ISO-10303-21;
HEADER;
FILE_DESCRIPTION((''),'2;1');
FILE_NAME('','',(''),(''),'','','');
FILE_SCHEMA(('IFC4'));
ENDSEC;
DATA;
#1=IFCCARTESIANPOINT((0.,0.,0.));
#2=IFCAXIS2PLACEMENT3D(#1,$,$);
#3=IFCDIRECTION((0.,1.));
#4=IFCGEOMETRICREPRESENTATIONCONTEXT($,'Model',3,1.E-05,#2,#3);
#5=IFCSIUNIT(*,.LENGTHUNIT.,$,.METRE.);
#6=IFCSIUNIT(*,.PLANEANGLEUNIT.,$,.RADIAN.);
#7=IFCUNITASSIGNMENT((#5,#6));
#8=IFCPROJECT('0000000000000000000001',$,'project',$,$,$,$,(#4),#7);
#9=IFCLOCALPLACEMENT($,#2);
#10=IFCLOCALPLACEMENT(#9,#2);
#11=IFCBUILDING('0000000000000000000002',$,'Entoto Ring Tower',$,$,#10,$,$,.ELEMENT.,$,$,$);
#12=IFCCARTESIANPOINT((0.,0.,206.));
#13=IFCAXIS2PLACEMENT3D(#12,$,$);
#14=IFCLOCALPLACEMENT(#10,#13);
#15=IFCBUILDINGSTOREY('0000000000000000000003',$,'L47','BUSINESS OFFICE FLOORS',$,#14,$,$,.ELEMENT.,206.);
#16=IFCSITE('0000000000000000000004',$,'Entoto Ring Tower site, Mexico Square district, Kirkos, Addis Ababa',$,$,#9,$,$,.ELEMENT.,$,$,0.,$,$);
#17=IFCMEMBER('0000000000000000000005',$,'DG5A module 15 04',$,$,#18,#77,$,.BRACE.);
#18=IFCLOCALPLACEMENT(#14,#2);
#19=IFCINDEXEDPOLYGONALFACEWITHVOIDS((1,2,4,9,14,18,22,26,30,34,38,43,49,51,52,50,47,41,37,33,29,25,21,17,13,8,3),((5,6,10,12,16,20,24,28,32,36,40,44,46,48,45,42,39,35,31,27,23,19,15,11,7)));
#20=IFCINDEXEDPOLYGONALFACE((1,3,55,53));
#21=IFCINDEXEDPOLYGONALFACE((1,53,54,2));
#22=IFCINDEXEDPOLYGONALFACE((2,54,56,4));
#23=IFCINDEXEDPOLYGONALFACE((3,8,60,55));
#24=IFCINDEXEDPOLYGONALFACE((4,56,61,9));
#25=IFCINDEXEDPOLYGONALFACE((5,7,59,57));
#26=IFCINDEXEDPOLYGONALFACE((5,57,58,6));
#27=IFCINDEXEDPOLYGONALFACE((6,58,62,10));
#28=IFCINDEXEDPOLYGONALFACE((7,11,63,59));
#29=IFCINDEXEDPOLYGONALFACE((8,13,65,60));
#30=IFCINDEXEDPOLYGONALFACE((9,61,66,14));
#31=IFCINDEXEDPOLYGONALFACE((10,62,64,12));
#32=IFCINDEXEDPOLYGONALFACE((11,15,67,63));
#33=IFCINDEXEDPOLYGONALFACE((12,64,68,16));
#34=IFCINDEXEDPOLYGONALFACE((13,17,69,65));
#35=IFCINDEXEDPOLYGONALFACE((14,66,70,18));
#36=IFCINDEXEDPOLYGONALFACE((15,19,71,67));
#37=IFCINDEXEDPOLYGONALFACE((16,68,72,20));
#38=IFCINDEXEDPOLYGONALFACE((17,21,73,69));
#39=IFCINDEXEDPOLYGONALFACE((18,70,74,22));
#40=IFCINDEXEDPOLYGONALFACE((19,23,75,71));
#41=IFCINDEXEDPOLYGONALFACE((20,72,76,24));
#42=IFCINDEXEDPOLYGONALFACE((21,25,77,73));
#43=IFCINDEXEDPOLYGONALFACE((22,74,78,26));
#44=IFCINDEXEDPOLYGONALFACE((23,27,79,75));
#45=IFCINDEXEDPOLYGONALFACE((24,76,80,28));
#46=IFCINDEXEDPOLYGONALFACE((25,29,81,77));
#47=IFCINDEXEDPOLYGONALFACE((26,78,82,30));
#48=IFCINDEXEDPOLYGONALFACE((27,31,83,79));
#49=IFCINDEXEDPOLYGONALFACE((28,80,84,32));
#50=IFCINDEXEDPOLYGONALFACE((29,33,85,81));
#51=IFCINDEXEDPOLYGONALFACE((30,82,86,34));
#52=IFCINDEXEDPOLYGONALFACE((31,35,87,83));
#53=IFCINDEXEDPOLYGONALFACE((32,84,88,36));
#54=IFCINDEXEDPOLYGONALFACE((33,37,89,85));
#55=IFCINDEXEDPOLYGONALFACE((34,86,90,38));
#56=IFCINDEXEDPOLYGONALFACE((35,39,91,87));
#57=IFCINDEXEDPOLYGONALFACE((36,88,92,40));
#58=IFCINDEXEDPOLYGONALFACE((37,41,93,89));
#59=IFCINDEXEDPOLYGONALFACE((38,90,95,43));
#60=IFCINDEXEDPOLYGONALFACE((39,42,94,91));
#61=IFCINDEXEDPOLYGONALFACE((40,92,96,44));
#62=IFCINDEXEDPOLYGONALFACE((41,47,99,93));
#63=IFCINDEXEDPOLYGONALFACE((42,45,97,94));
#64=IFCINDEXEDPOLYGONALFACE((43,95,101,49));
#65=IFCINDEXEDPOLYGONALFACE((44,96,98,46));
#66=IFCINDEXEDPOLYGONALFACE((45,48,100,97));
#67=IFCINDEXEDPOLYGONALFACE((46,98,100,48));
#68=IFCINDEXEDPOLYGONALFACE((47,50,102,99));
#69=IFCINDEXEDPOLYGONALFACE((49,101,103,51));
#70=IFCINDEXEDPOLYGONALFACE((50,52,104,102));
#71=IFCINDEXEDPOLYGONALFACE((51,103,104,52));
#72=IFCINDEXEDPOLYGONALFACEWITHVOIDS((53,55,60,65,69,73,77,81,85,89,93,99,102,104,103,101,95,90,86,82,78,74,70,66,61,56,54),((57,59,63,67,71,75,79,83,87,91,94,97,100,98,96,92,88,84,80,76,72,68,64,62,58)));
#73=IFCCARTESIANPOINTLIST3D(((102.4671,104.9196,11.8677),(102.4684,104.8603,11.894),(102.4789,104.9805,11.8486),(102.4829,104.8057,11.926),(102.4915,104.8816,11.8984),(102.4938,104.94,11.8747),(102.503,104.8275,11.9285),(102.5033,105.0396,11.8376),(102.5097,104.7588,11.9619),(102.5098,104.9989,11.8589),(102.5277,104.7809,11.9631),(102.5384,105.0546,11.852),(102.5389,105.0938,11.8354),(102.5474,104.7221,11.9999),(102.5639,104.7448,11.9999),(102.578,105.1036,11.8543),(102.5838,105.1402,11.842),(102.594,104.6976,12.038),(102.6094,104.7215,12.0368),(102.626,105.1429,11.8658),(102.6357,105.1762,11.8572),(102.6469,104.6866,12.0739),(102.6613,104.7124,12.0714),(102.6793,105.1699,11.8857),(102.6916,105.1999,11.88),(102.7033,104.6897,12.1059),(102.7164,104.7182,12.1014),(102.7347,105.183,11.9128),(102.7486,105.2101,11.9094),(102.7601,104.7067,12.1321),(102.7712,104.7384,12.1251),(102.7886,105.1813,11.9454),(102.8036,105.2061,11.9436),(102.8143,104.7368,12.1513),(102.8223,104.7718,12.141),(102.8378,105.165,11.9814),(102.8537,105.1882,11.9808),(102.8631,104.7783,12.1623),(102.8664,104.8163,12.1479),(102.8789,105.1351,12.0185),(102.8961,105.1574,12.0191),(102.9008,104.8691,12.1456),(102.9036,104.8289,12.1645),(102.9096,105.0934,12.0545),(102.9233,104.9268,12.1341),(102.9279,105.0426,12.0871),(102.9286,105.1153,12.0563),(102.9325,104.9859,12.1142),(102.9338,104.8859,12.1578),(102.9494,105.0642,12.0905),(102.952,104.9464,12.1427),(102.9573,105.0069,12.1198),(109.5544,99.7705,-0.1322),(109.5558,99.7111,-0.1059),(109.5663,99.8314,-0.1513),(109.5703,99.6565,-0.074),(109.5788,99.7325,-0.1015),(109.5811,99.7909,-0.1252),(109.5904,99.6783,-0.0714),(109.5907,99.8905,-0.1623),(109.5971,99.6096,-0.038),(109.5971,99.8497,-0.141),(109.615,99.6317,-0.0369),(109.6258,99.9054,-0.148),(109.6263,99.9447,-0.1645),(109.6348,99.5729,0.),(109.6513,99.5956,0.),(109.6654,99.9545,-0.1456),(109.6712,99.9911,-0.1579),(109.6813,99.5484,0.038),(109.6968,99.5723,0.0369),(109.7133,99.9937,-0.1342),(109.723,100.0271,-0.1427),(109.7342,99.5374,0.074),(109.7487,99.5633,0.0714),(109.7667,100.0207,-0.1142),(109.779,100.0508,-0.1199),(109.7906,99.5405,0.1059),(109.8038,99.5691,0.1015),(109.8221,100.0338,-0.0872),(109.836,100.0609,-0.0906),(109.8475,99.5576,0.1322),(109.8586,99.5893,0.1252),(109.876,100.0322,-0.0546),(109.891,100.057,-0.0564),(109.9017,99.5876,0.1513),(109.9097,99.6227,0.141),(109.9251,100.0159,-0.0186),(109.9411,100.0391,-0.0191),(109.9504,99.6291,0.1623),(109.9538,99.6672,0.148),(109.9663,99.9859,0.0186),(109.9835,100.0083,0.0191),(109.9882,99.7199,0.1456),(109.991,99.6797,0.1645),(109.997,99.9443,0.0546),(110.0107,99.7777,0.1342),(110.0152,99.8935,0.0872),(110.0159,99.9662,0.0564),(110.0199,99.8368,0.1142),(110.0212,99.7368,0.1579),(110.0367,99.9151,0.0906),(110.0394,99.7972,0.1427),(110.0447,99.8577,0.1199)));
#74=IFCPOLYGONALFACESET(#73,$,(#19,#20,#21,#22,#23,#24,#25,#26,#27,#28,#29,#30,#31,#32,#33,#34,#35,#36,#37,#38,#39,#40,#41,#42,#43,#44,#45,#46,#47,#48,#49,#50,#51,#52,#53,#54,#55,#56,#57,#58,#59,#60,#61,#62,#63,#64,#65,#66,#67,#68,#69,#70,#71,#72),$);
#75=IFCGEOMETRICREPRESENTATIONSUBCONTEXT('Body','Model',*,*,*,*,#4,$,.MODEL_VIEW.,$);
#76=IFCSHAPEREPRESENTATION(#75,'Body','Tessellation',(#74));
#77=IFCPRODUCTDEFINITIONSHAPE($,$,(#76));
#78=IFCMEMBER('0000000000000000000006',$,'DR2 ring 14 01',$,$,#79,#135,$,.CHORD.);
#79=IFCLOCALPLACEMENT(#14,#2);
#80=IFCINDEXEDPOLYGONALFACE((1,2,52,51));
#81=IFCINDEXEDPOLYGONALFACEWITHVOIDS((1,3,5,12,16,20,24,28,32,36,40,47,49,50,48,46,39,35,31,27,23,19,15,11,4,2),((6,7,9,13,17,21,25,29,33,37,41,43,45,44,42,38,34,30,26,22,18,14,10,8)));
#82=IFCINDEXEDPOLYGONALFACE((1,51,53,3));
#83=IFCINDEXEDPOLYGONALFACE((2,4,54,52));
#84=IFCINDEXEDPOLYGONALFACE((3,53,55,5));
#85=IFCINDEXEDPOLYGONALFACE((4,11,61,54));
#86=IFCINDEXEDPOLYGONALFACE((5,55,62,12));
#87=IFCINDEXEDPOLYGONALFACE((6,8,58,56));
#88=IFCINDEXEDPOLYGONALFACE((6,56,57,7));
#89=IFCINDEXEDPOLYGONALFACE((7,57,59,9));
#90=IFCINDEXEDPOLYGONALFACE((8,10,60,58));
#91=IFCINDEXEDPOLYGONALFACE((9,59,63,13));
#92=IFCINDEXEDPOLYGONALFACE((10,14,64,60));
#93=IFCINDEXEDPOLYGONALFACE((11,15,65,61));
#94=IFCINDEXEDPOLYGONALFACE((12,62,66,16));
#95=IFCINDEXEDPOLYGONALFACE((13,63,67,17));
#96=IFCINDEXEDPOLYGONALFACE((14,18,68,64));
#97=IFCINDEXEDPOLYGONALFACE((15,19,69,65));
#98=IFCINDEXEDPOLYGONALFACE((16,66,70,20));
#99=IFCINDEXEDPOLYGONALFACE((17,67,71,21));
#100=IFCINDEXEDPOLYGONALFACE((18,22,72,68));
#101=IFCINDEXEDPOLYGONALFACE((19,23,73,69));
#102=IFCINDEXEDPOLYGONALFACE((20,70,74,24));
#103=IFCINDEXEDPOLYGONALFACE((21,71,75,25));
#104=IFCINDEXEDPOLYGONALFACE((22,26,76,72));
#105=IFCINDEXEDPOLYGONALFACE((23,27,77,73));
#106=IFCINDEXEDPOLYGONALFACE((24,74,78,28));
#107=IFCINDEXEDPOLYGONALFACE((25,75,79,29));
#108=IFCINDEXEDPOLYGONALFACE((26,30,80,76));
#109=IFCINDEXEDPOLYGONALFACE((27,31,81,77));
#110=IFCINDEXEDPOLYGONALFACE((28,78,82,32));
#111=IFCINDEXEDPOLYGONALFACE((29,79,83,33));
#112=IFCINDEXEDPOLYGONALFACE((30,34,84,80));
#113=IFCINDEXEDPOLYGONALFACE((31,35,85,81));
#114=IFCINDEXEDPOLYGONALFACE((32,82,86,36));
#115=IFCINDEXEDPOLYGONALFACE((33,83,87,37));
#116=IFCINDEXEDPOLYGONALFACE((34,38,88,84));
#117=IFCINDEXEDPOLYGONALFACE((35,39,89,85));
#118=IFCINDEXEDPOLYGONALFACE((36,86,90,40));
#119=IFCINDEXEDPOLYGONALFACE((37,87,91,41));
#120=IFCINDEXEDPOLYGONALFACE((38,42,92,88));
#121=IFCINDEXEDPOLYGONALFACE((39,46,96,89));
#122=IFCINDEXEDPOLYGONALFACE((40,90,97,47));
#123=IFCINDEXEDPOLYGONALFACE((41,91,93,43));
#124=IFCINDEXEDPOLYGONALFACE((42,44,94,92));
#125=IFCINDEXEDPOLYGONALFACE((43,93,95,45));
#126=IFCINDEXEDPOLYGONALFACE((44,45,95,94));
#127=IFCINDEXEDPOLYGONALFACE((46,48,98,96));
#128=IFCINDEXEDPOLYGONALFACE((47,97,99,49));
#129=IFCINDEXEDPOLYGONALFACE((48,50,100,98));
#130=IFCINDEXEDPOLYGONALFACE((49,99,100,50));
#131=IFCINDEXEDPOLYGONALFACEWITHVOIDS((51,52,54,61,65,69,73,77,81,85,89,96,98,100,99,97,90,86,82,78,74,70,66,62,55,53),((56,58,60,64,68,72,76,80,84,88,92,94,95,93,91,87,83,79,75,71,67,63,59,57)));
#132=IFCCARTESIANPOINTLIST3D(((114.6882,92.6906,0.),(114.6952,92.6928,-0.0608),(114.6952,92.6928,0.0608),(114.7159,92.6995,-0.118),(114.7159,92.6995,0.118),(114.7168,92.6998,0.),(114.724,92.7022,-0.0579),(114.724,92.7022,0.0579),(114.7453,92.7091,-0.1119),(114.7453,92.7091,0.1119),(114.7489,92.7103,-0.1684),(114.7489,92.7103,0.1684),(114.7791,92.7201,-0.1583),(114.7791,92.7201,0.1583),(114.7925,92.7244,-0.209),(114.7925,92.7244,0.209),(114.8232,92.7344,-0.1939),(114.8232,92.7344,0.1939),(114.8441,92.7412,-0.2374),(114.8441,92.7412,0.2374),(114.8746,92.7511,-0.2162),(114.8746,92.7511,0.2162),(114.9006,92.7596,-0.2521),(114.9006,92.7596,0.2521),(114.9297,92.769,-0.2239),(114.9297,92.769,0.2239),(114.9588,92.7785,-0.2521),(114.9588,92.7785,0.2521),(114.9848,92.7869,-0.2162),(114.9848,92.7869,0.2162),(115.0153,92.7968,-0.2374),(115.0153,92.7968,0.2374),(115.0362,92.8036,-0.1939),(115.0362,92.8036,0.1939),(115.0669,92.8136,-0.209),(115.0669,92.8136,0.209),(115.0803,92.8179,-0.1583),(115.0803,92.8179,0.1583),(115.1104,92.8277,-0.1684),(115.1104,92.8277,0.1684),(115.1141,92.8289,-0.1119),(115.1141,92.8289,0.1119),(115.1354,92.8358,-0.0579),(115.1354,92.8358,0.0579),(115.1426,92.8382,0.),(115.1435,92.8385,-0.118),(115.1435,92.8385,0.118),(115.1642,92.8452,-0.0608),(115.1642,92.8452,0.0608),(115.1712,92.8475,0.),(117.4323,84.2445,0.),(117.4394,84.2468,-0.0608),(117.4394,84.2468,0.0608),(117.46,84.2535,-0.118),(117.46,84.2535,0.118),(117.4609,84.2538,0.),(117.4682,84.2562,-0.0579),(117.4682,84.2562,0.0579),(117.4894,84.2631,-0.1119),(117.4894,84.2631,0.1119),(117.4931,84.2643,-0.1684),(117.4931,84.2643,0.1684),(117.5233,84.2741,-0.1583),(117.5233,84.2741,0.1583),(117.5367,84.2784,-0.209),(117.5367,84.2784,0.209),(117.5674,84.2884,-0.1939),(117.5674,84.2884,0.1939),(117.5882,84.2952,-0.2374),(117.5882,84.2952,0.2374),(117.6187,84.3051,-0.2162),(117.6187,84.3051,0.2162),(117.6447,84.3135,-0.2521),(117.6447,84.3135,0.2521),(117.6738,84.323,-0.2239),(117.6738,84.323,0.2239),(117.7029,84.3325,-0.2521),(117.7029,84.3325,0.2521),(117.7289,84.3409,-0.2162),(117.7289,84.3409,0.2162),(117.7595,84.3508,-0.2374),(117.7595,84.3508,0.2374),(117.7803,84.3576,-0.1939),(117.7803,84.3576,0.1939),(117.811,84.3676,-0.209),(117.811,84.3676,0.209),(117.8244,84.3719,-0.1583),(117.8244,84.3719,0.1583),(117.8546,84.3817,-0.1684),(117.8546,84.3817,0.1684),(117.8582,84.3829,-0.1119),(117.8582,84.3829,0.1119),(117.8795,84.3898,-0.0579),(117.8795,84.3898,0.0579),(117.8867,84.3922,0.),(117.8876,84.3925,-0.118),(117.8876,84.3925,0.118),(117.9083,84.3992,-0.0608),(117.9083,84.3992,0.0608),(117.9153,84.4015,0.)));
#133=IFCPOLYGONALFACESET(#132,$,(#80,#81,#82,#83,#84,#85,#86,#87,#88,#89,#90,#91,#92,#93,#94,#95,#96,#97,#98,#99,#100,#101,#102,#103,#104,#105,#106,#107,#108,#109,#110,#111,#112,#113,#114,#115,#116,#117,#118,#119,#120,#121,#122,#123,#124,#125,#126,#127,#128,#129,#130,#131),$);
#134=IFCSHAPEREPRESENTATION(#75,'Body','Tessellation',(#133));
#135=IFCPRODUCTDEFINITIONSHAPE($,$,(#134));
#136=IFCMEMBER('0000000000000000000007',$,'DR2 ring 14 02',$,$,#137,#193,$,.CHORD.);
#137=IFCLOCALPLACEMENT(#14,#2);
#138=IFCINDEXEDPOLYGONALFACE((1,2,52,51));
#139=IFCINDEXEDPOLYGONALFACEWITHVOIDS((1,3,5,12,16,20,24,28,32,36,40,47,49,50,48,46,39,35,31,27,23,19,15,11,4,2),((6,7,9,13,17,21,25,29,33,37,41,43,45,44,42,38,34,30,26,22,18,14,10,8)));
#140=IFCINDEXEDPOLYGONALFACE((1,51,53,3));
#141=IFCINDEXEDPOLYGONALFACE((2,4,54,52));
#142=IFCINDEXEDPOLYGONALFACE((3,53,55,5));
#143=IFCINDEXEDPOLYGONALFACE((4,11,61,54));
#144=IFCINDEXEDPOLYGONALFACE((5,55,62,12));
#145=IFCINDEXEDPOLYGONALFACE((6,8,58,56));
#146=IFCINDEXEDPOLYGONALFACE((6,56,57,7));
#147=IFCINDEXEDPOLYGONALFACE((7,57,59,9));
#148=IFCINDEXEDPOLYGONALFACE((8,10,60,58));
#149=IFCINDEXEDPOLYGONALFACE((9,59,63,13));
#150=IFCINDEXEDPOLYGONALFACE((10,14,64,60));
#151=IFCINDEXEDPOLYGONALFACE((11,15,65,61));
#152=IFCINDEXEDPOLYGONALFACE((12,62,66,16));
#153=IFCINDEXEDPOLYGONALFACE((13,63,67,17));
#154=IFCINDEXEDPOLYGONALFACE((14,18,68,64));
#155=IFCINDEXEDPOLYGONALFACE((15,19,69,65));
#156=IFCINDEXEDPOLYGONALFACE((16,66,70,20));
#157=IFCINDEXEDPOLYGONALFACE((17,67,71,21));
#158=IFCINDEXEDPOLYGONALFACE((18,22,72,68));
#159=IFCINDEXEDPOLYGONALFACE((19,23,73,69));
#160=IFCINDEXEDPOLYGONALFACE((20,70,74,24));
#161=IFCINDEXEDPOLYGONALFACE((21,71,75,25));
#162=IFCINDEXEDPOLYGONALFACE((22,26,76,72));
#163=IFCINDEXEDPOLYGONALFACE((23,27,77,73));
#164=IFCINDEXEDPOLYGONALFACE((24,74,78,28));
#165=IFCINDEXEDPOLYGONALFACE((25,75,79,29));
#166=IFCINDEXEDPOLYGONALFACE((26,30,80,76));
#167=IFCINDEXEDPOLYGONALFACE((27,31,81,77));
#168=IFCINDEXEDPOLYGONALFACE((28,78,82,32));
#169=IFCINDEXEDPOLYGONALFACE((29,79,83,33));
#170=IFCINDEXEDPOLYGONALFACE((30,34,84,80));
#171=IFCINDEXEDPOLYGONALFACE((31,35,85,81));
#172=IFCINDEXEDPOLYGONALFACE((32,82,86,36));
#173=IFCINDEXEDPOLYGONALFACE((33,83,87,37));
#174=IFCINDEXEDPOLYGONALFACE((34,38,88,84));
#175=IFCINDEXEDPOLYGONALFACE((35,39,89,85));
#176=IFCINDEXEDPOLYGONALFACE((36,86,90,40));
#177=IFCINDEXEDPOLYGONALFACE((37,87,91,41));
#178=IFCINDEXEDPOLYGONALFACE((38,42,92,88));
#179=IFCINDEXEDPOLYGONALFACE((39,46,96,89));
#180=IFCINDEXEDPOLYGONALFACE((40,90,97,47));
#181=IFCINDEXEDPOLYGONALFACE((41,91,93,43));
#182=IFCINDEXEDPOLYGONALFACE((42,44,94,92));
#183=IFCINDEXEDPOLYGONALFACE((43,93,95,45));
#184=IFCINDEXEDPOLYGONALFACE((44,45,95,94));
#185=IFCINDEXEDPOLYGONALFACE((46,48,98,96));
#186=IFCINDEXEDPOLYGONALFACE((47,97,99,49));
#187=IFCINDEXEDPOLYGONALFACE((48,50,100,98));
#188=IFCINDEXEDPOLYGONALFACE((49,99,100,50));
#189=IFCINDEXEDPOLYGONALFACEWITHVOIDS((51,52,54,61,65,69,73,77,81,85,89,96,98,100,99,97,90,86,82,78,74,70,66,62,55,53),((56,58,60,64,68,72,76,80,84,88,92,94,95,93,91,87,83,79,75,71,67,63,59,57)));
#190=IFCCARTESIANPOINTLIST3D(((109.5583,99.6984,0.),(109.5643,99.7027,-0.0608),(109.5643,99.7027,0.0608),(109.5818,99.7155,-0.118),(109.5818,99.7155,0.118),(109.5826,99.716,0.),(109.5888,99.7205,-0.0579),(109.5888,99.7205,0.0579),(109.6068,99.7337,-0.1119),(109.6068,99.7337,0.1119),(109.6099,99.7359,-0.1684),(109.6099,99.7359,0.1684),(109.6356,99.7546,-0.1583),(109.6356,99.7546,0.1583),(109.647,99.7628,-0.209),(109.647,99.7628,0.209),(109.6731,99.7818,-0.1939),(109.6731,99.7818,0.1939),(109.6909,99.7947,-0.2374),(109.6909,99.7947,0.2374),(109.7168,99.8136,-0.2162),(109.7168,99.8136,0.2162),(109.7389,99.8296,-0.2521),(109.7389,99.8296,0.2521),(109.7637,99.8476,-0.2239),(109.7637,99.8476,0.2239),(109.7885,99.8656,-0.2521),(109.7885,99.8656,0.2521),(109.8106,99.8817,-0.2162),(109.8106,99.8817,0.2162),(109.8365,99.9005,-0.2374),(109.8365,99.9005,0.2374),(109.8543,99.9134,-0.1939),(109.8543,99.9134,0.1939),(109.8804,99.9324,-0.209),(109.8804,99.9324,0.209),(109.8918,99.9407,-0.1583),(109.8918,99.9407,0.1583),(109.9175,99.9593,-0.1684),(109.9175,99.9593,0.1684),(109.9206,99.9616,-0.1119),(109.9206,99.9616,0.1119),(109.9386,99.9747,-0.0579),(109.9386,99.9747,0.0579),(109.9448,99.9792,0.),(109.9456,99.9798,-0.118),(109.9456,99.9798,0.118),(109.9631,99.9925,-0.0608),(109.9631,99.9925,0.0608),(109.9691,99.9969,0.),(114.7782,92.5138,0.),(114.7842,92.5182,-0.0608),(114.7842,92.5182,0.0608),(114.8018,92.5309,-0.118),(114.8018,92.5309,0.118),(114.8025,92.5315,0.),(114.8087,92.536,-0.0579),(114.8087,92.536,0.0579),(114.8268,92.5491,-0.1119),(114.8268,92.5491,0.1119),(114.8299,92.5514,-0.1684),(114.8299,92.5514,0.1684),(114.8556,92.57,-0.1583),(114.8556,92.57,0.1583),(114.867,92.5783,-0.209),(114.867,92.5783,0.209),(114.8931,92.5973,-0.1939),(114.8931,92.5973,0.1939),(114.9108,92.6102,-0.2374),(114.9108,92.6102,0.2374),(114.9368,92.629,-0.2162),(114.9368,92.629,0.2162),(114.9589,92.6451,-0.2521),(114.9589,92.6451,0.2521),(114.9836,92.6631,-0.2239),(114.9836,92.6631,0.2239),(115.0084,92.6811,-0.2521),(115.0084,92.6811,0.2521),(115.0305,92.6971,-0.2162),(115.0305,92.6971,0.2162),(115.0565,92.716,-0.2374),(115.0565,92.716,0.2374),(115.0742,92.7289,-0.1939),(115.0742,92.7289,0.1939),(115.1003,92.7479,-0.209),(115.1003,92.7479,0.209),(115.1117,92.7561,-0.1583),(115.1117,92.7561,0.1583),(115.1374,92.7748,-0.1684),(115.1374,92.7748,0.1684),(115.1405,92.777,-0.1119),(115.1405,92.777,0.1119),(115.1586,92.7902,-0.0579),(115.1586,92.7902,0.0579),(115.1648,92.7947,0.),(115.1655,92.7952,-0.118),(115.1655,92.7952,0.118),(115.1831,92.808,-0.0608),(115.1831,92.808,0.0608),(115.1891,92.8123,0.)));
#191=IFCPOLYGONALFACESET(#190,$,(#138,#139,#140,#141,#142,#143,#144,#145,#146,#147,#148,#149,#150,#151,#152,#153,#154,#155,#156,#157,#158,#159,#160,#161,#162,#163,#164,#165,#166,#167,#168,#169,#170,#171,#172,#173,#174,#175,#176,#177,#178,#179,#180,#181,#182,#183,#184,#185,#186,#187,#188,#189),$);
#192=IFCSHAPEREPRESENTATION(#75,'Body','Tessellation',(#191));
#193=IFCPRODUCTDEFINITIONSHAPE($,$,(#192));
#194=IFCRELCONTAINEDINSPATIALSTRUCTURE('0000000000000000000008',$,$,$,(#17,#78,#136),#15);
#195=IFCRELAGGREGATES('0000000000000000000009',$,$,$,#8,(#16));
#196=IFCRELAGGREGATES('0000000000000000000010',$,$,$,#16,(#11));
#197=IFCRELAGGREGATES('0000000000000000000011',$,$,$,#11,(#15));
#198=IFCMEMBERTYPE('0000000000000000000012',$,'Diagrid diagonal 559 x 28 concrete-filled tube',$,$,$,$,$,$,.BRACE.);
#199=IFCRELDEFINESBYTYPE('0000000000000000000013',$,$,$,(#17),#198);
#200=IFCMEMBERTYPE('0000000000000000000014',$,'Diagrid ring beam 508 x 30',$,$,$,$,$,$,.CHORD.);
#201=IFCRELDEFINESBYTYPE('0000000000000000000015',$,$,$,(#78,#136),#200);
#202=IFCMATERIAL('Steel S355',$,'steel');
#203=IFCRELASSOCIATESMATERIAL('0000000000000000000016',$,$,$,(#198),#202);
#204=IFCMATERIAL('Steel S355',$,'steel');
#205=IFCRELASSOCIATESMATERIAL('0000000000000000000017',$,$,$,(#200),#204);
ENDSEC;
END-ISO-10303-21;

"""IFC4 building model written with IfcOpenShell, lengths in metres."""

from ifc_helpers import new_model, si_unit, direction, frame, origin, origin_2d, place, context, subcontext, project, spatial, circle, hollow_circle, extrude, material, material_profile, profile_set, type_object, element, save


model = new_model("IFC4")

# Units and contexts
model_context = context("Model", 3, precision=1e-05, world=origin(), true_north=direction((0.0, 1.0)))
body_context = subcontext(model_context, "Body", "Model", "MODEL_VIEW")
ifc_project = project(units=[si_unit("LENGTHUNIT", "METRE"), si_unit("PLANEANGLEUNIT", "RADIAN")], contexts=[model_context])

# Site, building, storey
site_placement = place(None, origin())
site = spatial("IfcSite", under=ifc_project, at=site_placement, Name="Entoto Ring Tower site, Mexico Square district, Kirkos, Addis Ababa", CompositionType="ELEMENT", RefElevation=0.0)
building_placement = place(site_placement, origin())
building = spatial("IfcBuilding", under=site, at=building_placement, Name="Entoto Ring Tower", CompositionType="ELEMENT")
storey_placement = place(building_placement, frame((0.0, 0.0, 206.0)))
storey = spatial("IfcBuildingStorey", under=building, at=storey_placement, Name="L47", Description="BUSINESS OFFICE FLOORS", CompositionType="ELEMENT", Elevation=206.0)

# Members
ifc_material_1 = material(Name="Steel S355", Category="steel")
ifc_material_profile_1 = material_profile(ifc_material_1, hollow_circle(Radius=0.2795, WallThickness=0.0281, at=origin_2d()), Name="CHS 559 x 28")
ifc_material_2 = material(Name="Concrete C60/75", Category="concrete")
ifc_material_profile_2 = material_profile(ifc_material_2, circle(Radius=0.2515, at=origin_2d()), Name="Concrete C60/75 infill")
ifc_profile_set_1 = profile_set([ifc_material_profile_1, ifc_material_profile_2], Name="Steel S355")
member_type_1 = type_object("IfcMemberType", Name="Diagrid diagonal 559 x 28 concrete-filled tube", PredefinedType="BRACE", material=ifc_profile_set_1)
for number, where, z_axis, x_axis, name in (
    (1, (109.7991, 99.7991, 0.0), (-0.477025, 0.34657, 0.807673), (-0.587776, -0.809024, 0.0), "DG5A module 15 04"),
):
    element("IfcMember", number, at=place(storey_placement, frame(where, z_axis=z_axis, x_axis=x_axis)), inside=storey, type_object=member_type_1, Name=name, PredefinedType="BRACE", context=body_context, shape_type="SweptSolid", body=[
        extrude(hollow_circle(Radius=0.2795, WallThickness=0.0281, at=origin_2d()), origin(), (0.0, 0.0, 1.0), 14.8574),
    ])
ifc_material_3 = material(Name="Steel S355", Category="steel")
ifc_material_profile_3 = material_profile(ifc_material_3, hollow_circle(Radius=0.2539, WallThickness=0.03, at=origin_2d()), Name="CHS 508 x 30")
ifc_material_4 = material(Name="Concrete C60/75", Category="concrete")
ifc_material_profile_4 = material_profile(ifc_material_4, circle(Radius=0.2241, at=origin_2d()), Name="Concrete C60/75 infill")
ifc_profile_set_2 = profile_set([ifc_material_profile_3, ifc_material_profile_4], Name="Steel S355")
member_type_2 = type_object("IfcMemberType", Name="Diagrid ring beam 508 x 30", PredefinedType="CHORD", material=ifc_profile_set_2)
for number, where, z_axis, x_axis, name in (
    (2, (117.6738, 84.323, 0.0), (-0.309002, 0.951061, 0.0), (-0.951061, -0.309002, 0.0), "DR2 ring 14 01"),
    (3, (114.9836, 92.6631, 0.0), (-0.587791, 0.809013, 0.0), (-0.809013, -0.587791, 0.0), "DR2 ring 14 02"),
):
    element("IfcMember", number, at=place(storey_placement, frame(where, z_axis=z_axis, x_axis=x_axis)), inside=storey, type_object=member_type_2, Name=name, PredefinedType="CHORD", context=body_context, shape_type="SweptSolid", body=[
        extrude(hollow_circle(Radius=0.2539, WallThickness=0.03, at=origin_2d()), origin(), (0.0, 0.0, 1.0), 8.8806),
    ])

save(model, "model.ifc")
